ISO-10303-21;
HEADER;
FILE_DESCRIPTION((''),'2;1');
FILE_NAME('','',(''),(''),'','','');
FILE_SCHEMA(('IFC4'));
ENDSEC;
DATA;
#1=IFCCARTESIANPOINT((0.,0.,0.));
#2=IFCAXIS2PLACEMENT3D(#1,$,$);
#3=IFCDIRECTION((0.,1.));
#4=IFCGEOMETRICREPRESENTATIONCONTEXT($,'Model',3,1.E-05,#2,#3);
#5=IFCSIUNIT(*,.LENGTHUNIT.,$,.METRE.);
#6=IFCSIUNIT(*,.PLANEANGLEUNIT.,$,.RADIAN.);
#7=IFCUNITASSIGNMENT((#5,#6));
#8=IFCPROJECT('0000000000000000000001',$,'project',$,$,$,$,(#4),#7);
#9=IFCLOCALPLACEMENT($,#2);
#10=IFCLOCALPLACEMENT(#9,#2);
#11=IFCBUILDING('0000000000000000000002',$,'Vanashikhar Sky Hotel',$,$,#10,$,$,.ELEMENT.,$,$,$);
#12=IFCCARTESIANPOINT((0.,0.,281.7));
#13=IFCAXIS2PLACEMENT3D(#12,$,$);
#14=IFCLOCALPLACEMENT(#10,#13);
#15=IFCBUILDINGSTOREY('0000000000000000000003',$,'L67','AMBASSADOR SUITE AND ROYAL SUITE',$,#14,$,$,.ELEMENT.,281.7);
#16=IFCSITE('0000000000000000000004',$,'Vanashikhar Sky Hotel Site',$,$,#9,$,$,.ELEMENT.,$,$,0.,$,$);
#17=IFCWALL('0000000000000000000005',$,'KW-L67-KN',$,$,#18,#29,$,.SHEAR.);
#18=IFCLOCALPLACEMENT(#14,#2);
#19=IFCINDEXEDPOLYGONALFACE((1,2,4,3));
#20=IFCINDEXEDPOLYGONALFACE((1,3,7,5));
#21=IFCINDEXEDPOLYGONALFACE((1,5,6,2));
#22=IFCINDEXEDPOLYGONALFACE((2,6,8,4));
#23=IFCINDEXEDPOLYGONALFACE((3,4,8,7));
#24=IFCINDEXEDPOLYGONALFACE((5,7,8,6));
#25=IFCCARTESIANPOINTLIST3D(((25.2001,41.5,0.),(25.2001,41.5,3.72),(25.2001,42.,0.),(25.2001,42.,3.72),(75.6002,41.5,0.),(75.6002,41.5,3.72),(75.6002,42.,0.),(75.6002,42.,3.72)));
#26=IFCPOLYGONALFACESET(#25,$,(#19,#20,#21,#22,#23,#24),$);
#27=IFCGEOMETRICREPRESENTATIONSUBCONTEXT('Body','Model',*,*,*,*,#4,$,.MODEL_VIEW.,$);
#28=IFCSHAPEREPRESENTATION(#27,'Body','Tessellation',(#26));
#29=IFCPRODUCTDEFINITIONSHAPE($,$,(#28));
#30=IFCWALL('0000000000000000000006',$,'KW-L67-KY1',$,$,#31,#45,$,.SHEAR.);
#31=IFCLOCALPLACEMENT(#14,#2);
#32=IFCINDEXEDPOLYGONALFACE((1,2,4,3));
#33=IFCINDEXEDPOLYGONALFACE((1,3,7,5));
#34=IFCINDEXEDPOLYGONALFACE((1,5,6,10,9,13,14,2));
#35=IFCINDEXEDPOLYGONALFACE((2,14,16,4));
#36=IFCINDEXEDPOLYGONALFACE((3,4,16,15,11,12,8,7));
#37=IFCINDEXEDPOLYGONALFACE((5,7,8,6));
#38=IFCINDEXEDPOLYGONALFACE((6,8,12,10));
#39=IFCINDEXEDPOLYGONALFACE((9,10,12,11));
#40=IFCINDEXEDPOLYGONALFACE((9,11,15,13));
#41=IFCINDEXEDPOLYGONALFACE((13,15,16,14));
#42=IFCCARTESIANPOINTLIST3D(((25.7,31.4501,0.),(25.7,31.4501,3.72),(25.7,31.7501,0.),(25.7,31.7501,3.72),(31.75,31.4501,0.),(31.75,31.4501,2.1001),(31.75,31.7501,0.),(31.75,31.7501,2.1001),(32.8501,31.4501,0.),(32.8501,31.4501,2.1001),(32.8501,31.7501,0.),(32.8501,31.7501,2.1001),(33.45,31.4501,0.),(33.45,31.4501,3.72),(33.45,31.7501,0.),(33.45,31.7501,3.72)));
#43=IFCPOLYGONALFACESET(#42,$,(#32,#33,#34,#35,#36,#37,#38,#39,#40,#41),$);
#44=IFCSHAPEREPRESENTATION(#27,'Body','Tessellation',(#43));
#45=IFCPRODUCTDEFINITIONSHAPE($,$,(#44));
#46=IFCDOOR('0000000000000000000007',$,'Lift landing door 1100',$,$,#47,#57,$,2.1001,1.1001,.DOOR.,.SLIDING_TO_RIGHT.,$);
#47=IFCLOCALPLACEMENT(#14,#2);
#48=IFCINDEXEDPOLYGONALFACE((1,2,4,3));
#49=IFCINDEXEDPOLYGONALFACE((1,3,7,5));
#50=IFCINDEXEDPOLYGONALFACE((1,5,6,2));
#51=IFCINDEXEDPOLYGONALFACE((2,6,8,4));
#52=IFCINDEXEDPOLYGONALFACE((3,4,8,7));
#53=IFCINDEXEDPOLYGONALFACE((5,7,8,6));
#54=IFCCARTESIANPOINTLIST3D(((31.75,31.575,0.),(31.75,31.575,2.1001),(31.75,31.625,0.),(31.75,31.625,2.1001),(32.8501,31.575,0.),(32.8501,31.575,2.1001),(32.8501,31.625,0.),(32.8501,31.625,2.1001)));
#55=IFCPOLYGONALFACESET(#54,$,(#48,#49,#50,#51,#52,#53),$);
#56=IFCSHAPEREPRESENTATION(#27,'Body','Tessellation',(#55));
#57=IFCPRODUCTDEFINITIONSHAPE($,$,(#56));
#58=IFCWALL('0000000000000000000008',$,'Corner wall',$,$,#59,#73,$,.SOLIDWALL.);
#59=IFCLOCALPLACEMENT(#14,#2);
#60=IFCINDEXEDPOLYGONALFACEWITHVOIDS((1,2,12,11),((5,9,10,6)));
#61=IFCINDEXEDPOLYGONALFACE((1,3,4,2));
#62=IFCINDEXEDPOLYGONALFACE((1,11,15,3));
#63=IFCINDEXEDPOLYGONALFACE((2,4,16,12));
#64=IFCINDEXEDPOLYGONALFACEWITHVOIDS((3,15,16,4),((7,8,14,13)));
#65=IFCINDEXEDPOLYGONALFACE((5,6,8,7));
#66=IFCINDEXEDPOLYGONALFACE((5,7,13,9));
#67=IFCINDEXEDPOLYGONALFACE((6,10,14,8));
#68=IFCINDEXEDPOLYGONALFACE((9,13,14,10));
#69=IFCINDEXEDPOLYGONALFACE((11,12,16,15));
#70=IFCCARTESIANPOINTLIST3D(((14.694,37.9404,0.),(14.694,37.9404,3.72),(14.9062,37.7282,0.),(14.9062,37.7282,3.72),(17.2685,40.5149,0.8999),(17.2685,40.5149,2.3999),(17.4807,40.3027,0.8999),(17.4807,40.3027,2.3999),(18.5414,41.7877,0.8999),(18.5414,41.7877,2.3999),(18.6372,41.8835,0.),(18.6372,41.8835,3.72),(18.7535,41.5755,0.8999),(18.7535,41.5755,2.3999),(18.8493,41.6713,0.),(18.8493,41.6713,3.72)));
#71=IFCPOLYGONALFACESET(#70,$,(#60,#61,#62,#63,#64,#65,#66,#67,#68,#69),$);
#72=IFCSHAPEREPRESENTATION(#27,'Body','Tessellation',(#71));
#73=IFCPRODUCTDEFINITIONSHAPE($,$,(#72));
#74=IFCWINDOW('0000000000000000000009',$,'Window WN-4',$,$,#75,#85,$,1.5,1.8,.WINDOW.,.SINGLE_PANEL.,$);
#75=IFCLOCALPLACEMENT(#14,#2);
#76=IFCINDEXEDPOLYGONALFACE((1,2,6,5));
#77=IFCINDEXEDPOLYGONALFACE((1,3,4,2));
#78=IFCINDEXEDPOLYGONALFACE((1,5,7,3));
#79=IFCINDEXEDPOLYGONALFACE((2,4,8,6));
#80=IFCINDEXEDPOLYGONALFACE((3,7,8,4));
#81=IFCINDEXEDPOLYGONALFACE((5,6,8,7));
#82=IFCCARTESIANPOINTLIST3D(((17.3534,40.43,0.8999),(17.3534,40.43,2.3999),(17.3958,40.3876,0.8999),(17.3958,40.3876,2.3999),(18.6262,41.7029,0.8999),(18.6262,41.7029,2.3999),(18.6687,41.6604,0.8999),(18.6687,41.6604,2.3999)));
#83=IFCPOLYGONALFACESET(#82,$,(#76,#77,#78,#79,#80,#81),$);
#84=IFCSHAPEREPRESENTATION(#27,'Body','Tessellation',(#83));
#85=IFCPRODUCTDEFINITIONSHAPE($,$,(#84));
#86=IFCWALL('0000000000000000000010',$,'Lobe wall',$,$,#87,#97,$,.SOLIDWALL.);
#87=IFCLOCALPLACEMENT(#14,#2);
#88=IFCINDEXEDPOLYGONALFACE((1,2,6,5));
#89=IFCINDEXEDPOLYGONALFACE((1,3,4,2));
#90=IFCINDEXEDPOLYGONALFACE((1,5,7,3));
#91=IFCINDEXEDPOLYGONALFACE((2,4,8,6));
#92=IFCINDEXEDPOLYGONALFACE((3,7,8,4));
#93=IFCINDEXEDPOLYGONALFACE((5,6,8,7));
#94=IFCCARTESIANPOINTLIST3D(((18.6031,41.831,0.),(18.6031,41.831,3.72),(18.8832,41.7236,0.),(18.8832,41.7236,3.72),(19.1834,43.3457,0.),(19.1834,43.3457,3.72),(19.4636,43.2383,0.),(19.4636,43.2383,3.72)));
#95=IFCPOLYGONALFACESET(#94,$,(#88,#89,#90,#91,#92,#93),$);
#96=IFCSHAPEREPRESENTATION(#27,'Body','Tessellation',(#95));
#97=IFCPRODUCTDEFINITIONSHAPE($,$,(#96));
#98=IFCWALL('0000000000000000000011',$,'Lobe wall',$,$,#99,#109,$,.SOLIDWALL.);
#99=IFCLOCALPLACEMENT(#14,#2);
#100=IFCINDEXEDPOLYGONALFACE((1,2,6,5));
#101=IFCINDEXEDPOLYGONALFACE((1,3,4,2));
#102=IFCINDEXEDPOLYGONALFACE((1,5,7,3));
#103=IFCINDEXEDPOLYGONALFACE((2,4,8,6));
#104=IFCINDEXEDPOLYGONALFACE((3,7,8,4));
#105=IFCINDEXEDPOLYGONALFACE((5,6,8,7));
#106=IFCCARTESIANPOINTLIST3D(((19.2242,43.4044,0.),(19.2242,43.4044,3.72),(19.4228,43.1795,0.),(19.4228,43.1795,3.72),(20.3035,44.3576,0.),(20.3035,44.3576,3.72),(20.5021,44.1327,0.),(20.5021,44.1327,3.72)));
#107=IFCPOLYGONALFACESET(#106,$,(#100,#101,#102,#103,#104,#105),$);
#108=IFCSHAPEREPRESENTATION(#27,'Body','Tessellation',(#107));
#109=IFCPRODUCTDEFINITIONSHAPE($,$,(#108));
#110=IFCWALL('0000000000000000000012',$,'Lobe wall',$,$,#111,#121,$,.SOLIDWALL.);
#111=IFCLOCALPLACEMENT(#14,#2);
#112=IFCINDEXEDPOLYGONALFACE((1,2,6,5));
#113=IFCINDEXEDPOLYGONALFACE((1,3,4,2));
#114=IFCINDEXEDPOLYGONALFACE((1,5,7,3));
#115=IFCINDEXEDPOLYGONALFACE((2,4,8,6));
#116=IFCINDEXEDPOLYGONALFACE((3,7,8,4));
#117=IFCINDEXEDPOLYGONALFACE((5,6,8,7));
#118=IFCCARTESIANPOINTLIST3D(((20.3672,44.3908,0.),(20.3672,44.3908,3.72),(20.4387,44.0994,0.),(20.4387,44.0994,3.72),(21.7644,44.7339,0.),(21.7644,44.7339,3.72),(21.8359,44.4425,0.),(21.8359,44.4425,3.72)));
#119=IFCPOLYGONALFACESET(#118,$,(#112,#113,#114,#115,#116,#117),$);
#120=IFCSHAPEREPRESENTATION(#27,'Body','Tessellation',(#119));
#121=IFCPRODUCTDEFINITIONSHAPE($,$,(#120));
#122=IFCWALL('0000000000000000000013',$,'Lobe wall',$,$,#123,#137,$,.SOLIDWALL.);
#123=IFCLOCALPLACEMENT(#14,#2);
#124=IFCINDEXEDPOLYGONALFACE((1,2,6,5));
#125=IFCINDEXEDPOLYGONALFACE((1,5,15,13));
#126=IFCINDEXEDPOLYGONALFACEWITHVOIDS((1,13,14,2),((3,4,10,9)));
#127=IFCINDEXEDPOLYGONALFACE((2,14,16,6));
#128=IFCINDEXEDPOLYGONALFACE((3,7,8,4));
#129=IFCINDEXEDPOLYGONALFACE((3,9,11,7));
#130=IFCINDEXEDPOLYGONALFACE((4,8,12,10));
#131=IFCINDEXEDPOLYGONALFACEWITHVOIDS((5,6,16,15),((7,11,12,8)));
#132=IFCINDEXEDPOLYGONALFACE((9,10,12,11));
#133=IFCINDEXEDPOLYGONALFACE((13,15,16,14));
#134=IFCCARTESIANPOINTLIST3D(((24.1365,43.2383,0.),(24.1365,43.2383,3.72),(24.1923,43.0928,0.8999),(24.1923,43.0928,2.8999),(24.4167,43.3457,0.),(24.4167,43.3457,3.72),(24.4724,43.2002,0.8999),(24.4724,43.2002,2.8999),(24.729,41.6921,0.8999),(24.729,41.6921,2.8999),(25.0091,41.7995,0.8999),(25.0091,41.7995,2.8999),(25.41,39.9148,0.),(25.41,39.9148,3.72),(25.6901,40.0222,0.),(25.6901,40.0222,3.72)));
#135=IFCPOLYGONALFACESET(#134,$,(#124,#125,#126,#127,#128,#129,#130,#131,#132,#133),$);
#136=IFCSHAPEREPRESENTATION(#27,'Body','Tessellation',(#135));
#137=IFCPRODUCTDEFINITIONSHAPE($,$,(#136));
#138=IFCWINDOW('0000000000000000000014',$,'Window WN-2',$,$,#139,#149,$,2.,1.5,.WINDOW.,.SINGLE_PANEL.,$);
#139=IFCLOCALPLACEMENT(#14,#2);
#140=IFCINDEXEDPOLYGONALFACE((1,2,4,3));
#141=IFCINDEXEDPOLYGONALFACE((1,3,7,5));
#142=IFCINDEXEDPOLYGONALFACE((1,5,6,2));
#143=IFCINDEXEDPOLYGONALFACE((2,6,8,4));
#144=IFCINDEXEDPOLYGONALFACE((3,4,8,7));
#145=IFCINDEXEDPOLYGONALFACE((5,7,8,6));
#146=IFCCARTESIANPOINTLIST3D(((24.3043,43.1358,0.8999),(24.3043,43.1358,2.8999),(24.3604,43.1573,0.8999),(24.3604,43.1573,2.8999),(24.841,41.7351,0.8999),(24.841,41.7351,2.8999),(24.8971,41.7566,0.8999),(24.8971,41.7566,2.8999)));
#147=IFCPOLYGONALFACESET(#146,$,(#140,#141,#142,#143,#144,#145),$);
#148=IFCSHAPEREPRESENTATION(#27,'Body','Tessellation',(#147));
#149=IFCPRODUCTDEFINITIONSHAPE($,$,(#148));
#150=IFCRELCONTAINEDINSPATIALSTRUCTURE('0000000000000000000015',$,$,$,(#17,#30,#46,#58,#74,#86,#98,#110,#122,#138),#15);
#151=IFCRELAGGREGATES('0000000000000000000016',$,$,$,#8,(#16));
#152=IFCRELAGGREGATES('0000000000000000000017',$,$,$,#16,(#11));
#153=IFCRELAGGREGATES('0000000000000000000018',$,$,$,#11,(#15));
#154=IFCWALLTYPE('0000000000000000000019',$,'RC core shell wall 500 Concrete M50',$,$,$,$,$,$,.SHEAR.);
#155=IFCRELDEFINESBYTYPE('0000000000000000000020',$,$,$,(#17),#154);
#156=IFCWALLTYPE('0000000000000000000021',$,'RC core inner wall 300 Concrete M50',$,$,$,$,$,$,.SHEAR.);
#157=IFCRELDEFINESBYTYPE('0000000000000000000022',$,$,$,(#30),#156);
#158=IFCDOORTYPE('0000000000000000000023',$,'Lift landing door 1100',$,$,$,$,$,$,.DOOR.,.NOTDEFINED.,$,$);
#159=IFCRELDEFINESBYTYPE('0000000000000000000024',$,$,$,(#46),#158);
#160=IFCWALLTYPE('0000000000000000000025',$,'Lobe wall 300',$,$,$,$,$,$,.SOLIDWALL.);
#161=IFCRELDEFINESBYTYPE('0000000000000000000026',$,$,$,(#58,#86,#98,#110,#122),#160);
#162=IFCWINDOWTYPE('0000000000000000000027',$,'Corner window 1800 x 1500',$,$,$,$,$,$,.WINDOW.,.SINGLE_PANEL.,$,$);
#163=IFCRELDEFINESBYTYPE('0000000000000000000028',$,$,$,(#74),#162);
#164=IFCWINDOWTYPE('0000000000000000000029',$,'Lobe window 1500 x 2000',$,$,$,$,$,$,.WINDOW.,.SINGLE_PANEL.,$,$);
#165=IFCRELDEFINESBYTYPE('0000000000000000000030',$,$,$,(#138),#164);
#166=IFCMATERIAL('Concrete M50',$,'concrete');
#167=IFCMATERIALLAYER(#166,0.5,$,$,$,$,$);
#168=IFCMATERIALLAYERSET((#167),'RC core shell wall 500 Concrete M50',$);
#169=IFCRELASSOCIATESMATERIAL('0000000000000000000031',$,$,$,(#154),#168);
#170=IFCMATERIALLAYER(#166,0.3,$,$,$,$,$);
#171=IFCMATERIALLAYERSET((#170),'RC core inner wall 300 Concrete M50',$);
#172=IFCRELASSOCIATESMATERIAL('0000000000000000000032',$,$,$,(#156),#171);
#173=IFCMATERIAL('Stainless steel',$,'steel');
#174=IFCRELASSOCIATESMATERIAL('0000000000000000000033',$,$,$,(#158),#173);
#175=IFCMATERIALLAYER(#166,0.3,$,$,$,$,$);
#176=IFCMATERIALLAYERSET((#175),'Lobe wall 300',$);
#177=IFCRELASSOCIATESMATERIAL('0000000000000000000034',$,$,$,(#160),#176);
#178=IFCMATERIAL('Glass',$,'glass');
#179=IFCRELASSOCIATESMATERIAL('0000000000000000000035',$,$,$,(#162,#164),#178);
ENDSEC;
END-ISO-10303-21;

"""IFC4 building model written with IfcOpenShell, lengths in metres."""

from ifc_helpers import new_model, si_unit, direction, frame, frame_2d, origin, place, context, subcontext, project, spatial, rectangle, extrude, source, transform, mapped, material, layer, layer_set, type_object, element, fill, save


model = new_model("IFC4")

# Units and contexts
model_context = context("Model", 3, precision=1e-05, world=origin(), true_north=direction((0.0, 1.0)))
body_context = subcontext(model_context, "Body", "Model", "MODEL_VIEW")
ifc_project = project(units=[si_unit("LENGTHUNIT", "METRE"), si_unit("PLANEANGLEUNIT", "RADIAN")], contexts=[model_context])

# Site, building, storey
site_placement = place(None, origin())
site = spatial("IfcSite", under=ifc_project, at=site_placement, Name="Vanashikhar Sky Hotel Site", CompositionType="ELEMENT", RefElevation=0.0)
building_placement = place(site_placement, origin())
building = spatial("IfcBuilding", under=site, at=building_placement, Name="Vanashikhar Sky Hotel", CompositionType="ELEMENT")
storey_placement = place(building_placement, frame((0.0, 0.0, 281.7)))
storey = spatial("IfcBuildingStorey", under=building, at=storey_placement, Name="L67", Description="AMBASSADOR SUITE AND ROYAL SUITE", CompositionType="ELEMENT", Elevation=281.7)

# Wall
ifc_material_1 = material(Name="Concrete M50", Category="concrete")
ifc_layer_1 = layer(ifc_material_1, 0.5)
ifc_layer_set_1 = layer_set([ifc_layer_1], Name="RC core shell wall 500 Concrete M50")
wall_type_1 = type_object("IfcWallType", Name="RC core shell wall 500 Concrete M50", PredefinedType="SHEAR", material=ifc_layer_set_1)
shared_shape_1 = source(origin(), body_context, "Body", "SweptSolid", [
    extrude(rectangle(XDim=50.4001, YDim=0.5, at=frame_2d((25.2002, 0.0))), origin(), (0.0, 0.0, 1.0), 3.72),
])
wall_1_placement = place(storey_placement, frame((25.2, 41.75, 0.0), z_axis=(0.0, 0.0, 1.0), x_axis=(1.0, 0.0, 0.0)))
element("IfcWall", 1, at=wall_1_placement, inside=storey, type_object=wall_type_1, Name="KW-L67-KN", PredefinedType="SHEAR", context=body_context, shape_type="MappedRepresentation", body=[
    mapped(shared_shape_1, transform((0.0, 0.0, 0.0), scale=1.0)),
])

# Wall, opening, door
ifc_layer_2 = layer(ifc_material_1, 0.3)
ifc_layer_set_2 = layer_set([ifc_layer_2], Name="RC core inner wall 300 Concrete M50")
wall_type_2 = type_object("IfcWallType", Name="RC core inner wall 300 Concrete M50", PredefinedType="SHEAR", material=ifc_layer_set_2)
shared_shape_2 = source(origin(), body_context, "Body", "SweptSolid", [
    extrude(rectangle(XDim=7.75, YDim=0.3, at=frame_2d((3.875, 0.0))), origin(), (0.0, 0.0, 1.0), 3.72),
])
wall_2_placement = place(storey_placement, frame((25.7, 31.6001, 0.0), z_axis=(0.0, 0.0, 1.0), x_axis=(1.0, 0.0, 0.0)))
wall_2 = element("IfcWall", 2, at=wall_2_placement, inside=storey, type_object=wall_type_2, Name="KW-L67-KY1", PredefinedType="SHEAR", context=body_context, shape_type="MappedRepresentation", body=[
    mapped(shared_shape_2, transform((0.0, 0.0, 0.0), scale=1.0)),
])
shared_shape_3 = source(origin(), body_context, "Body", "SweptSolid", [
    extrude(rectangle(XDim=1.1001, YDim=2.1001, at=frame_2d((0.55, 1.05))), frame((0.0, 0.1602, 0.0), z_axis=(0.0, -1.0, 0.0), x_axis=(1.0, 0.0, 0.0)), (0.0, 0.0, 1.0), 0.3201),
])
opening_1_placement = place(wall_2_placement, frame((6.05, 0.0, 0.0)))
opening_1 = element("IfcOpeningElement", 3, at=opening_1_placement, cuts=wall_2, PredefinedType="OPENING", context=body_context, shape_type="MappedRepresentation", body=[
    mapped(shared_shape_3, transform((0.0, 0.0, 0.0), scale=1.0)),
])
ifc_material_2 = material(Name="Stainless steel", Category="steel")
door_type_1 = type_object("IfcDoorType", Name="Lift landing door 1100", OperationType="NOTDEFINED", PredefinedType="DOOR", material=ifc_material_2)
shared_shape_4 = source(origin(), body_context, "Body", "SweptSolid", [
    extrude(rectangle(XDim=1.1001, YDim=2.1001, at=frame_2d((0.55, 1.05))), frame((0.0, 0.0249, 0.0), z_axis=(0.0, -1.0, 0.0), x_axis=(1.0, 0.0, 0.0)), (0.0, 0.0, 1.0), 0.05),
])
door_1_placement = place(opening_1_placement, origin())
door_1 = element("IfcDoor", 4, at=door_1_placement, inside=storey, type_object=door_type_1, Name="Lift landing door 1100", OperationType="SLIDING_TO_RIGHT", OverallHeight=2.1001, OverallWidth=1.1001, PredefinedType="DOOR", context=body_context, shape_type="MappedRepresentation", body=[
    mapped(shared_shape_4, transform((0.0, 0.0, 0.0), scale=1.0)),
])
fill(opening_1, door_1)

# Wall, opening, window
ifc_layer_3 = layer(ifc_material_1, 0.3)
ifc_layer_set_3 = layer_set([ifc_layer_3], Name="Lobe wall 300")
wall_type_3 = type_object("IfcWallType", Name="Lobe wall 300", PredefinedType="SOLIDWALL", material=ifc_layer_set_3)
shared_shape_5 = source(origin(), body_context, "Body", "SweptSolid", [
    extrude(rectangle(XDim=5.5764, YDim=0.3, at=frame_2d((2.7881, 0.0))), origin(), (0.0, 0.0, 1.0), 3.72),
])
wall_3_placement = place(storey_placement, frame((18.7432, 41.7773, 0.0), z_axis=(0.0, 0.0, 1.0), x_axis=(-0.707107, -0.707107, 0.0)))
wall_3 = element("IfcWall", 5, at=wall_3_placement, inside=storey, type_object=wall_type_3, Name="Corner wall", PredefinedType="SOLIDWALL", context=body_context, shape_type="MappedRepresentation", body=[
    mapped(shared_shape_5, transform((0.0, 0.0, 0.0), scale=1.0)),
])
shared_shape_6 = source(origin(), body_context, "Body", "SweptSolid", [
    extrude(rectangle(XDim=1.8, YDim=1.5, at=frame_2d((0.8999, 0.75))), frame((0.0, 0.1602, 0.0), z_axis=(0.0, -1.0, 0.0), x_axis=(1.0, 0.0, 0.0)), (0.0, 0.0, 1.0), 0.3201),
])
opening_2_placement = place(wall_3_placement, frame((0.1355, 0.0, 0.8999)))
opening_2 = element("IfcOpeningElement", 6, at=opening_2_placement, cuts=wall_3, PredefinedType="OPENING", context=body_context, shape_type="MappedRepresentation", body=[
    mapped(shared_shape_6, transform((0.0, 0.0, 0.0), scale=1.0)),
])
ifc_material_3 = material(Name="Glass", Category="glass")
window_type_1 = type_object("IfcWindowType", Name="Corner window 1800 x 1500", PartitioningType="SINGLE_PANEL", PredefinedType="WINDOW", material=ifc_material_3)
shared_shape_7 = source(origin(), body_context, "Body", "SweptSolid", [
    extrude(rectangle(XDim=1.8, YDim=1.5, at=frame_2d((0.8999, 0.75))), frame((0.0, 0.03, 0.0), z_axis=(0.0, -1.0, 0.0), x_axis=(1.0, 0.0, 0.0)), (0.0, 0.0, 1.0), 0.0601),
])
window_1_placement = place(opening_2_placement, origin())
window_1 = element("IfcWindow", 7, at=window_1_placement, inside=storey, type_object=window_type_1, Name="Window WN-4", OverallHeight=1.5, OverallWidth=1.8, PartitioningType="SINGLE_PANEL", PredefinedType="WINDOW", context=body_context, shape_type="MappedRepresentation", body=[
    mapped(shared_shape_7, transform((0.0, 0.0, 0.0), scale=1.0)),
])
fill(opening_2, window_1)

# Walls
shared_shape_8 = source(origin(), body_context, "Body", "SweptSolid", [
    extrude(rectangle(XDim=1.6221, YDim=0.3, at=frame_2d((0.811, 0.0))), origin(), (0.0, 0.0, 1.0), 3.72),
])
wall_4_placement = place(storey_placement, frame((19.3235, 43.292, 0.0), z_axis=(0.0, 0.0, 1.0), x_axis=(-0.357779, -0.933806, 0.0)))
element("IfcWall", 8, at=wall_4_placement, inside=storey, type_object=wall_type_3, Name="Lobe wall", PredefinedType="SOLIDWALL", context=body_context, shape_type="MappedRepresentation", body=[
    mapped(shared_shape_8, transform((0.0, 0.0, 0.0), scale=1.0)),
])
shared_shape_9 = source(origin(), body_context, "Body", "SweptSolid", [
    extrude(rectangle(XDim=1.4399, YDim=0.3, at=frame_2d((0.72, 0.0))), origin(), (0.0, 0.0, 1.0), 3.72),
])
wall_5_placement = place(storey_placement, frame((20.4028, 44.2451, 0.0), z_axis=(0.0, 0.0, 1.0), x_axis=(-0.749576, -0.661919, 0.0)))
element("IfcWall", 9, at=wall_5_placement, inside=storey, type_object=wall_type_3, Name="Lobe wall", PredefinedType="SOLIDWALL", context=body_context, shape_type="MappedRepresentation", body=[
    mapped(shared_shape_9, transform((0.0, 0.0, 0.0), scale=1.0)),
])
shared_shape_10 = source(origin(), body_context, "Body", "SweptSolid", [
    extrude(rectangle(XDim=1.4387, YDim=0.3, at=frame_2d((0.7192, 0.0))), origin(), (0.0, 0.0, 1.0), 3.72),
])
wall_6_placement = place(storey_placement, frame((21.8, 44.5881, 0.0), z_axis=(0.0, 0.0, 1.0), x_axis=(-0.971162, -0.238421, 0.0)))
element("IfcWall", 10, at=wall_6_placement, inside=storey, type_object=wall_type_3, Name="Lobe wall", PredefinedType="SOLIDWALL", context=body_context, shape_type="MappedRepresentation", body=[
    mapped(shared_shape_10, transform((0.0, 0.0, 0.0), scale=1.0)),
])

# Wall, opening, window
shared_shape_11 = source(origin(), body_context, "Body", "SweptSolid", [
    extrude(rectangle(XDim=3.5591, YDim=0.3, at=frame_2d((1.7795, 0.0))), origin(), (0.0, 0.0, 1.0), 3.72),
])
wall_7_placement = place(storey_placement, frame((25.55, 39.9685, 0.0), z_axis=(0.0, 0.0, 1.0), x_axis=(-0.357797, 0.933799, 0.0)))
wall_7 = element("IfcWall", 11, at=wall_7_placement, inside=storey, type_object=wall_type_3, Name="Lobe wall", PredefinedType="SOLIDWALL", context=body_context, shape_type="MappedRepresentation", body=[
    mapped(shared_shape_11, transform((0.0, 0.0, 0.0), scale=1.0)),
])
shared_shape_12 = source(origin(), body_context, "Body", "SweptSolid", [
    extrude(rectangle(XDim=1.5, YDim=2.0, at=frame_2d((0.75, 1.0))), frame((0.0, 0.1602, 0.0), z_axis=(0.0, -1.0, 0.0), x_axis=(1.0, 0.0, 0.0)), (0.0, 0.0, 1.0), 0.3201),
])
opening_3_placement = place(wall_7_placement, frame((1.9033, 0.0, 0.8999)))
opening_3 = element("IfcOpeningElement", 12, at=opening_3_placement, cuts=wall_7, PredefinedType="OPENING", context=body_context, shape_type="MappedRepresentation", body=[
    mapped(shared_shape_12, transform((0.0, 0.0, 0.0), scale=1.0)),
])
window_type_2 = type_object("IfcWindowType", Name="Lobe window 1500 x 2000", PartitioningType="SINGLE_PANEL", PredefinedType="WINDOW", material=ifc_material_3)
shared_shape_13 = source(origin(), body_context, "Body", "SweptSolid", [
    extrude(rectangle(XDim=1.5, YDim=2.0, at=frame_2d((0.75, 1.0))), frame((0.0, 0.03, 0.0), z_axis=(0.0, -1.0, 0.0), x_axis=(1.0, 0.0, 0.0)), (0.0, 0.0, 1.0), 0.0601),
])
window_2_placement = place(opening_3_placement, origin())
window_2 = element("IfcWindow", 13, at=window_2_placement, inside=storey, type_object=window_type_2, Name="Window WN-2", OverallHeight=2.0, OverallWidth=1.5, PartitioningType="SINGLE_PANEL", PredefinedType="WINDOW", context=body_context, shape_type="MappedRepresentation", body=[
    mapped(shared_shape_13, transform((0.0, 0.0, 0.0), scale=1.0)),
])
fill(opening_3, window_2)

save(model, "model.ifc")
